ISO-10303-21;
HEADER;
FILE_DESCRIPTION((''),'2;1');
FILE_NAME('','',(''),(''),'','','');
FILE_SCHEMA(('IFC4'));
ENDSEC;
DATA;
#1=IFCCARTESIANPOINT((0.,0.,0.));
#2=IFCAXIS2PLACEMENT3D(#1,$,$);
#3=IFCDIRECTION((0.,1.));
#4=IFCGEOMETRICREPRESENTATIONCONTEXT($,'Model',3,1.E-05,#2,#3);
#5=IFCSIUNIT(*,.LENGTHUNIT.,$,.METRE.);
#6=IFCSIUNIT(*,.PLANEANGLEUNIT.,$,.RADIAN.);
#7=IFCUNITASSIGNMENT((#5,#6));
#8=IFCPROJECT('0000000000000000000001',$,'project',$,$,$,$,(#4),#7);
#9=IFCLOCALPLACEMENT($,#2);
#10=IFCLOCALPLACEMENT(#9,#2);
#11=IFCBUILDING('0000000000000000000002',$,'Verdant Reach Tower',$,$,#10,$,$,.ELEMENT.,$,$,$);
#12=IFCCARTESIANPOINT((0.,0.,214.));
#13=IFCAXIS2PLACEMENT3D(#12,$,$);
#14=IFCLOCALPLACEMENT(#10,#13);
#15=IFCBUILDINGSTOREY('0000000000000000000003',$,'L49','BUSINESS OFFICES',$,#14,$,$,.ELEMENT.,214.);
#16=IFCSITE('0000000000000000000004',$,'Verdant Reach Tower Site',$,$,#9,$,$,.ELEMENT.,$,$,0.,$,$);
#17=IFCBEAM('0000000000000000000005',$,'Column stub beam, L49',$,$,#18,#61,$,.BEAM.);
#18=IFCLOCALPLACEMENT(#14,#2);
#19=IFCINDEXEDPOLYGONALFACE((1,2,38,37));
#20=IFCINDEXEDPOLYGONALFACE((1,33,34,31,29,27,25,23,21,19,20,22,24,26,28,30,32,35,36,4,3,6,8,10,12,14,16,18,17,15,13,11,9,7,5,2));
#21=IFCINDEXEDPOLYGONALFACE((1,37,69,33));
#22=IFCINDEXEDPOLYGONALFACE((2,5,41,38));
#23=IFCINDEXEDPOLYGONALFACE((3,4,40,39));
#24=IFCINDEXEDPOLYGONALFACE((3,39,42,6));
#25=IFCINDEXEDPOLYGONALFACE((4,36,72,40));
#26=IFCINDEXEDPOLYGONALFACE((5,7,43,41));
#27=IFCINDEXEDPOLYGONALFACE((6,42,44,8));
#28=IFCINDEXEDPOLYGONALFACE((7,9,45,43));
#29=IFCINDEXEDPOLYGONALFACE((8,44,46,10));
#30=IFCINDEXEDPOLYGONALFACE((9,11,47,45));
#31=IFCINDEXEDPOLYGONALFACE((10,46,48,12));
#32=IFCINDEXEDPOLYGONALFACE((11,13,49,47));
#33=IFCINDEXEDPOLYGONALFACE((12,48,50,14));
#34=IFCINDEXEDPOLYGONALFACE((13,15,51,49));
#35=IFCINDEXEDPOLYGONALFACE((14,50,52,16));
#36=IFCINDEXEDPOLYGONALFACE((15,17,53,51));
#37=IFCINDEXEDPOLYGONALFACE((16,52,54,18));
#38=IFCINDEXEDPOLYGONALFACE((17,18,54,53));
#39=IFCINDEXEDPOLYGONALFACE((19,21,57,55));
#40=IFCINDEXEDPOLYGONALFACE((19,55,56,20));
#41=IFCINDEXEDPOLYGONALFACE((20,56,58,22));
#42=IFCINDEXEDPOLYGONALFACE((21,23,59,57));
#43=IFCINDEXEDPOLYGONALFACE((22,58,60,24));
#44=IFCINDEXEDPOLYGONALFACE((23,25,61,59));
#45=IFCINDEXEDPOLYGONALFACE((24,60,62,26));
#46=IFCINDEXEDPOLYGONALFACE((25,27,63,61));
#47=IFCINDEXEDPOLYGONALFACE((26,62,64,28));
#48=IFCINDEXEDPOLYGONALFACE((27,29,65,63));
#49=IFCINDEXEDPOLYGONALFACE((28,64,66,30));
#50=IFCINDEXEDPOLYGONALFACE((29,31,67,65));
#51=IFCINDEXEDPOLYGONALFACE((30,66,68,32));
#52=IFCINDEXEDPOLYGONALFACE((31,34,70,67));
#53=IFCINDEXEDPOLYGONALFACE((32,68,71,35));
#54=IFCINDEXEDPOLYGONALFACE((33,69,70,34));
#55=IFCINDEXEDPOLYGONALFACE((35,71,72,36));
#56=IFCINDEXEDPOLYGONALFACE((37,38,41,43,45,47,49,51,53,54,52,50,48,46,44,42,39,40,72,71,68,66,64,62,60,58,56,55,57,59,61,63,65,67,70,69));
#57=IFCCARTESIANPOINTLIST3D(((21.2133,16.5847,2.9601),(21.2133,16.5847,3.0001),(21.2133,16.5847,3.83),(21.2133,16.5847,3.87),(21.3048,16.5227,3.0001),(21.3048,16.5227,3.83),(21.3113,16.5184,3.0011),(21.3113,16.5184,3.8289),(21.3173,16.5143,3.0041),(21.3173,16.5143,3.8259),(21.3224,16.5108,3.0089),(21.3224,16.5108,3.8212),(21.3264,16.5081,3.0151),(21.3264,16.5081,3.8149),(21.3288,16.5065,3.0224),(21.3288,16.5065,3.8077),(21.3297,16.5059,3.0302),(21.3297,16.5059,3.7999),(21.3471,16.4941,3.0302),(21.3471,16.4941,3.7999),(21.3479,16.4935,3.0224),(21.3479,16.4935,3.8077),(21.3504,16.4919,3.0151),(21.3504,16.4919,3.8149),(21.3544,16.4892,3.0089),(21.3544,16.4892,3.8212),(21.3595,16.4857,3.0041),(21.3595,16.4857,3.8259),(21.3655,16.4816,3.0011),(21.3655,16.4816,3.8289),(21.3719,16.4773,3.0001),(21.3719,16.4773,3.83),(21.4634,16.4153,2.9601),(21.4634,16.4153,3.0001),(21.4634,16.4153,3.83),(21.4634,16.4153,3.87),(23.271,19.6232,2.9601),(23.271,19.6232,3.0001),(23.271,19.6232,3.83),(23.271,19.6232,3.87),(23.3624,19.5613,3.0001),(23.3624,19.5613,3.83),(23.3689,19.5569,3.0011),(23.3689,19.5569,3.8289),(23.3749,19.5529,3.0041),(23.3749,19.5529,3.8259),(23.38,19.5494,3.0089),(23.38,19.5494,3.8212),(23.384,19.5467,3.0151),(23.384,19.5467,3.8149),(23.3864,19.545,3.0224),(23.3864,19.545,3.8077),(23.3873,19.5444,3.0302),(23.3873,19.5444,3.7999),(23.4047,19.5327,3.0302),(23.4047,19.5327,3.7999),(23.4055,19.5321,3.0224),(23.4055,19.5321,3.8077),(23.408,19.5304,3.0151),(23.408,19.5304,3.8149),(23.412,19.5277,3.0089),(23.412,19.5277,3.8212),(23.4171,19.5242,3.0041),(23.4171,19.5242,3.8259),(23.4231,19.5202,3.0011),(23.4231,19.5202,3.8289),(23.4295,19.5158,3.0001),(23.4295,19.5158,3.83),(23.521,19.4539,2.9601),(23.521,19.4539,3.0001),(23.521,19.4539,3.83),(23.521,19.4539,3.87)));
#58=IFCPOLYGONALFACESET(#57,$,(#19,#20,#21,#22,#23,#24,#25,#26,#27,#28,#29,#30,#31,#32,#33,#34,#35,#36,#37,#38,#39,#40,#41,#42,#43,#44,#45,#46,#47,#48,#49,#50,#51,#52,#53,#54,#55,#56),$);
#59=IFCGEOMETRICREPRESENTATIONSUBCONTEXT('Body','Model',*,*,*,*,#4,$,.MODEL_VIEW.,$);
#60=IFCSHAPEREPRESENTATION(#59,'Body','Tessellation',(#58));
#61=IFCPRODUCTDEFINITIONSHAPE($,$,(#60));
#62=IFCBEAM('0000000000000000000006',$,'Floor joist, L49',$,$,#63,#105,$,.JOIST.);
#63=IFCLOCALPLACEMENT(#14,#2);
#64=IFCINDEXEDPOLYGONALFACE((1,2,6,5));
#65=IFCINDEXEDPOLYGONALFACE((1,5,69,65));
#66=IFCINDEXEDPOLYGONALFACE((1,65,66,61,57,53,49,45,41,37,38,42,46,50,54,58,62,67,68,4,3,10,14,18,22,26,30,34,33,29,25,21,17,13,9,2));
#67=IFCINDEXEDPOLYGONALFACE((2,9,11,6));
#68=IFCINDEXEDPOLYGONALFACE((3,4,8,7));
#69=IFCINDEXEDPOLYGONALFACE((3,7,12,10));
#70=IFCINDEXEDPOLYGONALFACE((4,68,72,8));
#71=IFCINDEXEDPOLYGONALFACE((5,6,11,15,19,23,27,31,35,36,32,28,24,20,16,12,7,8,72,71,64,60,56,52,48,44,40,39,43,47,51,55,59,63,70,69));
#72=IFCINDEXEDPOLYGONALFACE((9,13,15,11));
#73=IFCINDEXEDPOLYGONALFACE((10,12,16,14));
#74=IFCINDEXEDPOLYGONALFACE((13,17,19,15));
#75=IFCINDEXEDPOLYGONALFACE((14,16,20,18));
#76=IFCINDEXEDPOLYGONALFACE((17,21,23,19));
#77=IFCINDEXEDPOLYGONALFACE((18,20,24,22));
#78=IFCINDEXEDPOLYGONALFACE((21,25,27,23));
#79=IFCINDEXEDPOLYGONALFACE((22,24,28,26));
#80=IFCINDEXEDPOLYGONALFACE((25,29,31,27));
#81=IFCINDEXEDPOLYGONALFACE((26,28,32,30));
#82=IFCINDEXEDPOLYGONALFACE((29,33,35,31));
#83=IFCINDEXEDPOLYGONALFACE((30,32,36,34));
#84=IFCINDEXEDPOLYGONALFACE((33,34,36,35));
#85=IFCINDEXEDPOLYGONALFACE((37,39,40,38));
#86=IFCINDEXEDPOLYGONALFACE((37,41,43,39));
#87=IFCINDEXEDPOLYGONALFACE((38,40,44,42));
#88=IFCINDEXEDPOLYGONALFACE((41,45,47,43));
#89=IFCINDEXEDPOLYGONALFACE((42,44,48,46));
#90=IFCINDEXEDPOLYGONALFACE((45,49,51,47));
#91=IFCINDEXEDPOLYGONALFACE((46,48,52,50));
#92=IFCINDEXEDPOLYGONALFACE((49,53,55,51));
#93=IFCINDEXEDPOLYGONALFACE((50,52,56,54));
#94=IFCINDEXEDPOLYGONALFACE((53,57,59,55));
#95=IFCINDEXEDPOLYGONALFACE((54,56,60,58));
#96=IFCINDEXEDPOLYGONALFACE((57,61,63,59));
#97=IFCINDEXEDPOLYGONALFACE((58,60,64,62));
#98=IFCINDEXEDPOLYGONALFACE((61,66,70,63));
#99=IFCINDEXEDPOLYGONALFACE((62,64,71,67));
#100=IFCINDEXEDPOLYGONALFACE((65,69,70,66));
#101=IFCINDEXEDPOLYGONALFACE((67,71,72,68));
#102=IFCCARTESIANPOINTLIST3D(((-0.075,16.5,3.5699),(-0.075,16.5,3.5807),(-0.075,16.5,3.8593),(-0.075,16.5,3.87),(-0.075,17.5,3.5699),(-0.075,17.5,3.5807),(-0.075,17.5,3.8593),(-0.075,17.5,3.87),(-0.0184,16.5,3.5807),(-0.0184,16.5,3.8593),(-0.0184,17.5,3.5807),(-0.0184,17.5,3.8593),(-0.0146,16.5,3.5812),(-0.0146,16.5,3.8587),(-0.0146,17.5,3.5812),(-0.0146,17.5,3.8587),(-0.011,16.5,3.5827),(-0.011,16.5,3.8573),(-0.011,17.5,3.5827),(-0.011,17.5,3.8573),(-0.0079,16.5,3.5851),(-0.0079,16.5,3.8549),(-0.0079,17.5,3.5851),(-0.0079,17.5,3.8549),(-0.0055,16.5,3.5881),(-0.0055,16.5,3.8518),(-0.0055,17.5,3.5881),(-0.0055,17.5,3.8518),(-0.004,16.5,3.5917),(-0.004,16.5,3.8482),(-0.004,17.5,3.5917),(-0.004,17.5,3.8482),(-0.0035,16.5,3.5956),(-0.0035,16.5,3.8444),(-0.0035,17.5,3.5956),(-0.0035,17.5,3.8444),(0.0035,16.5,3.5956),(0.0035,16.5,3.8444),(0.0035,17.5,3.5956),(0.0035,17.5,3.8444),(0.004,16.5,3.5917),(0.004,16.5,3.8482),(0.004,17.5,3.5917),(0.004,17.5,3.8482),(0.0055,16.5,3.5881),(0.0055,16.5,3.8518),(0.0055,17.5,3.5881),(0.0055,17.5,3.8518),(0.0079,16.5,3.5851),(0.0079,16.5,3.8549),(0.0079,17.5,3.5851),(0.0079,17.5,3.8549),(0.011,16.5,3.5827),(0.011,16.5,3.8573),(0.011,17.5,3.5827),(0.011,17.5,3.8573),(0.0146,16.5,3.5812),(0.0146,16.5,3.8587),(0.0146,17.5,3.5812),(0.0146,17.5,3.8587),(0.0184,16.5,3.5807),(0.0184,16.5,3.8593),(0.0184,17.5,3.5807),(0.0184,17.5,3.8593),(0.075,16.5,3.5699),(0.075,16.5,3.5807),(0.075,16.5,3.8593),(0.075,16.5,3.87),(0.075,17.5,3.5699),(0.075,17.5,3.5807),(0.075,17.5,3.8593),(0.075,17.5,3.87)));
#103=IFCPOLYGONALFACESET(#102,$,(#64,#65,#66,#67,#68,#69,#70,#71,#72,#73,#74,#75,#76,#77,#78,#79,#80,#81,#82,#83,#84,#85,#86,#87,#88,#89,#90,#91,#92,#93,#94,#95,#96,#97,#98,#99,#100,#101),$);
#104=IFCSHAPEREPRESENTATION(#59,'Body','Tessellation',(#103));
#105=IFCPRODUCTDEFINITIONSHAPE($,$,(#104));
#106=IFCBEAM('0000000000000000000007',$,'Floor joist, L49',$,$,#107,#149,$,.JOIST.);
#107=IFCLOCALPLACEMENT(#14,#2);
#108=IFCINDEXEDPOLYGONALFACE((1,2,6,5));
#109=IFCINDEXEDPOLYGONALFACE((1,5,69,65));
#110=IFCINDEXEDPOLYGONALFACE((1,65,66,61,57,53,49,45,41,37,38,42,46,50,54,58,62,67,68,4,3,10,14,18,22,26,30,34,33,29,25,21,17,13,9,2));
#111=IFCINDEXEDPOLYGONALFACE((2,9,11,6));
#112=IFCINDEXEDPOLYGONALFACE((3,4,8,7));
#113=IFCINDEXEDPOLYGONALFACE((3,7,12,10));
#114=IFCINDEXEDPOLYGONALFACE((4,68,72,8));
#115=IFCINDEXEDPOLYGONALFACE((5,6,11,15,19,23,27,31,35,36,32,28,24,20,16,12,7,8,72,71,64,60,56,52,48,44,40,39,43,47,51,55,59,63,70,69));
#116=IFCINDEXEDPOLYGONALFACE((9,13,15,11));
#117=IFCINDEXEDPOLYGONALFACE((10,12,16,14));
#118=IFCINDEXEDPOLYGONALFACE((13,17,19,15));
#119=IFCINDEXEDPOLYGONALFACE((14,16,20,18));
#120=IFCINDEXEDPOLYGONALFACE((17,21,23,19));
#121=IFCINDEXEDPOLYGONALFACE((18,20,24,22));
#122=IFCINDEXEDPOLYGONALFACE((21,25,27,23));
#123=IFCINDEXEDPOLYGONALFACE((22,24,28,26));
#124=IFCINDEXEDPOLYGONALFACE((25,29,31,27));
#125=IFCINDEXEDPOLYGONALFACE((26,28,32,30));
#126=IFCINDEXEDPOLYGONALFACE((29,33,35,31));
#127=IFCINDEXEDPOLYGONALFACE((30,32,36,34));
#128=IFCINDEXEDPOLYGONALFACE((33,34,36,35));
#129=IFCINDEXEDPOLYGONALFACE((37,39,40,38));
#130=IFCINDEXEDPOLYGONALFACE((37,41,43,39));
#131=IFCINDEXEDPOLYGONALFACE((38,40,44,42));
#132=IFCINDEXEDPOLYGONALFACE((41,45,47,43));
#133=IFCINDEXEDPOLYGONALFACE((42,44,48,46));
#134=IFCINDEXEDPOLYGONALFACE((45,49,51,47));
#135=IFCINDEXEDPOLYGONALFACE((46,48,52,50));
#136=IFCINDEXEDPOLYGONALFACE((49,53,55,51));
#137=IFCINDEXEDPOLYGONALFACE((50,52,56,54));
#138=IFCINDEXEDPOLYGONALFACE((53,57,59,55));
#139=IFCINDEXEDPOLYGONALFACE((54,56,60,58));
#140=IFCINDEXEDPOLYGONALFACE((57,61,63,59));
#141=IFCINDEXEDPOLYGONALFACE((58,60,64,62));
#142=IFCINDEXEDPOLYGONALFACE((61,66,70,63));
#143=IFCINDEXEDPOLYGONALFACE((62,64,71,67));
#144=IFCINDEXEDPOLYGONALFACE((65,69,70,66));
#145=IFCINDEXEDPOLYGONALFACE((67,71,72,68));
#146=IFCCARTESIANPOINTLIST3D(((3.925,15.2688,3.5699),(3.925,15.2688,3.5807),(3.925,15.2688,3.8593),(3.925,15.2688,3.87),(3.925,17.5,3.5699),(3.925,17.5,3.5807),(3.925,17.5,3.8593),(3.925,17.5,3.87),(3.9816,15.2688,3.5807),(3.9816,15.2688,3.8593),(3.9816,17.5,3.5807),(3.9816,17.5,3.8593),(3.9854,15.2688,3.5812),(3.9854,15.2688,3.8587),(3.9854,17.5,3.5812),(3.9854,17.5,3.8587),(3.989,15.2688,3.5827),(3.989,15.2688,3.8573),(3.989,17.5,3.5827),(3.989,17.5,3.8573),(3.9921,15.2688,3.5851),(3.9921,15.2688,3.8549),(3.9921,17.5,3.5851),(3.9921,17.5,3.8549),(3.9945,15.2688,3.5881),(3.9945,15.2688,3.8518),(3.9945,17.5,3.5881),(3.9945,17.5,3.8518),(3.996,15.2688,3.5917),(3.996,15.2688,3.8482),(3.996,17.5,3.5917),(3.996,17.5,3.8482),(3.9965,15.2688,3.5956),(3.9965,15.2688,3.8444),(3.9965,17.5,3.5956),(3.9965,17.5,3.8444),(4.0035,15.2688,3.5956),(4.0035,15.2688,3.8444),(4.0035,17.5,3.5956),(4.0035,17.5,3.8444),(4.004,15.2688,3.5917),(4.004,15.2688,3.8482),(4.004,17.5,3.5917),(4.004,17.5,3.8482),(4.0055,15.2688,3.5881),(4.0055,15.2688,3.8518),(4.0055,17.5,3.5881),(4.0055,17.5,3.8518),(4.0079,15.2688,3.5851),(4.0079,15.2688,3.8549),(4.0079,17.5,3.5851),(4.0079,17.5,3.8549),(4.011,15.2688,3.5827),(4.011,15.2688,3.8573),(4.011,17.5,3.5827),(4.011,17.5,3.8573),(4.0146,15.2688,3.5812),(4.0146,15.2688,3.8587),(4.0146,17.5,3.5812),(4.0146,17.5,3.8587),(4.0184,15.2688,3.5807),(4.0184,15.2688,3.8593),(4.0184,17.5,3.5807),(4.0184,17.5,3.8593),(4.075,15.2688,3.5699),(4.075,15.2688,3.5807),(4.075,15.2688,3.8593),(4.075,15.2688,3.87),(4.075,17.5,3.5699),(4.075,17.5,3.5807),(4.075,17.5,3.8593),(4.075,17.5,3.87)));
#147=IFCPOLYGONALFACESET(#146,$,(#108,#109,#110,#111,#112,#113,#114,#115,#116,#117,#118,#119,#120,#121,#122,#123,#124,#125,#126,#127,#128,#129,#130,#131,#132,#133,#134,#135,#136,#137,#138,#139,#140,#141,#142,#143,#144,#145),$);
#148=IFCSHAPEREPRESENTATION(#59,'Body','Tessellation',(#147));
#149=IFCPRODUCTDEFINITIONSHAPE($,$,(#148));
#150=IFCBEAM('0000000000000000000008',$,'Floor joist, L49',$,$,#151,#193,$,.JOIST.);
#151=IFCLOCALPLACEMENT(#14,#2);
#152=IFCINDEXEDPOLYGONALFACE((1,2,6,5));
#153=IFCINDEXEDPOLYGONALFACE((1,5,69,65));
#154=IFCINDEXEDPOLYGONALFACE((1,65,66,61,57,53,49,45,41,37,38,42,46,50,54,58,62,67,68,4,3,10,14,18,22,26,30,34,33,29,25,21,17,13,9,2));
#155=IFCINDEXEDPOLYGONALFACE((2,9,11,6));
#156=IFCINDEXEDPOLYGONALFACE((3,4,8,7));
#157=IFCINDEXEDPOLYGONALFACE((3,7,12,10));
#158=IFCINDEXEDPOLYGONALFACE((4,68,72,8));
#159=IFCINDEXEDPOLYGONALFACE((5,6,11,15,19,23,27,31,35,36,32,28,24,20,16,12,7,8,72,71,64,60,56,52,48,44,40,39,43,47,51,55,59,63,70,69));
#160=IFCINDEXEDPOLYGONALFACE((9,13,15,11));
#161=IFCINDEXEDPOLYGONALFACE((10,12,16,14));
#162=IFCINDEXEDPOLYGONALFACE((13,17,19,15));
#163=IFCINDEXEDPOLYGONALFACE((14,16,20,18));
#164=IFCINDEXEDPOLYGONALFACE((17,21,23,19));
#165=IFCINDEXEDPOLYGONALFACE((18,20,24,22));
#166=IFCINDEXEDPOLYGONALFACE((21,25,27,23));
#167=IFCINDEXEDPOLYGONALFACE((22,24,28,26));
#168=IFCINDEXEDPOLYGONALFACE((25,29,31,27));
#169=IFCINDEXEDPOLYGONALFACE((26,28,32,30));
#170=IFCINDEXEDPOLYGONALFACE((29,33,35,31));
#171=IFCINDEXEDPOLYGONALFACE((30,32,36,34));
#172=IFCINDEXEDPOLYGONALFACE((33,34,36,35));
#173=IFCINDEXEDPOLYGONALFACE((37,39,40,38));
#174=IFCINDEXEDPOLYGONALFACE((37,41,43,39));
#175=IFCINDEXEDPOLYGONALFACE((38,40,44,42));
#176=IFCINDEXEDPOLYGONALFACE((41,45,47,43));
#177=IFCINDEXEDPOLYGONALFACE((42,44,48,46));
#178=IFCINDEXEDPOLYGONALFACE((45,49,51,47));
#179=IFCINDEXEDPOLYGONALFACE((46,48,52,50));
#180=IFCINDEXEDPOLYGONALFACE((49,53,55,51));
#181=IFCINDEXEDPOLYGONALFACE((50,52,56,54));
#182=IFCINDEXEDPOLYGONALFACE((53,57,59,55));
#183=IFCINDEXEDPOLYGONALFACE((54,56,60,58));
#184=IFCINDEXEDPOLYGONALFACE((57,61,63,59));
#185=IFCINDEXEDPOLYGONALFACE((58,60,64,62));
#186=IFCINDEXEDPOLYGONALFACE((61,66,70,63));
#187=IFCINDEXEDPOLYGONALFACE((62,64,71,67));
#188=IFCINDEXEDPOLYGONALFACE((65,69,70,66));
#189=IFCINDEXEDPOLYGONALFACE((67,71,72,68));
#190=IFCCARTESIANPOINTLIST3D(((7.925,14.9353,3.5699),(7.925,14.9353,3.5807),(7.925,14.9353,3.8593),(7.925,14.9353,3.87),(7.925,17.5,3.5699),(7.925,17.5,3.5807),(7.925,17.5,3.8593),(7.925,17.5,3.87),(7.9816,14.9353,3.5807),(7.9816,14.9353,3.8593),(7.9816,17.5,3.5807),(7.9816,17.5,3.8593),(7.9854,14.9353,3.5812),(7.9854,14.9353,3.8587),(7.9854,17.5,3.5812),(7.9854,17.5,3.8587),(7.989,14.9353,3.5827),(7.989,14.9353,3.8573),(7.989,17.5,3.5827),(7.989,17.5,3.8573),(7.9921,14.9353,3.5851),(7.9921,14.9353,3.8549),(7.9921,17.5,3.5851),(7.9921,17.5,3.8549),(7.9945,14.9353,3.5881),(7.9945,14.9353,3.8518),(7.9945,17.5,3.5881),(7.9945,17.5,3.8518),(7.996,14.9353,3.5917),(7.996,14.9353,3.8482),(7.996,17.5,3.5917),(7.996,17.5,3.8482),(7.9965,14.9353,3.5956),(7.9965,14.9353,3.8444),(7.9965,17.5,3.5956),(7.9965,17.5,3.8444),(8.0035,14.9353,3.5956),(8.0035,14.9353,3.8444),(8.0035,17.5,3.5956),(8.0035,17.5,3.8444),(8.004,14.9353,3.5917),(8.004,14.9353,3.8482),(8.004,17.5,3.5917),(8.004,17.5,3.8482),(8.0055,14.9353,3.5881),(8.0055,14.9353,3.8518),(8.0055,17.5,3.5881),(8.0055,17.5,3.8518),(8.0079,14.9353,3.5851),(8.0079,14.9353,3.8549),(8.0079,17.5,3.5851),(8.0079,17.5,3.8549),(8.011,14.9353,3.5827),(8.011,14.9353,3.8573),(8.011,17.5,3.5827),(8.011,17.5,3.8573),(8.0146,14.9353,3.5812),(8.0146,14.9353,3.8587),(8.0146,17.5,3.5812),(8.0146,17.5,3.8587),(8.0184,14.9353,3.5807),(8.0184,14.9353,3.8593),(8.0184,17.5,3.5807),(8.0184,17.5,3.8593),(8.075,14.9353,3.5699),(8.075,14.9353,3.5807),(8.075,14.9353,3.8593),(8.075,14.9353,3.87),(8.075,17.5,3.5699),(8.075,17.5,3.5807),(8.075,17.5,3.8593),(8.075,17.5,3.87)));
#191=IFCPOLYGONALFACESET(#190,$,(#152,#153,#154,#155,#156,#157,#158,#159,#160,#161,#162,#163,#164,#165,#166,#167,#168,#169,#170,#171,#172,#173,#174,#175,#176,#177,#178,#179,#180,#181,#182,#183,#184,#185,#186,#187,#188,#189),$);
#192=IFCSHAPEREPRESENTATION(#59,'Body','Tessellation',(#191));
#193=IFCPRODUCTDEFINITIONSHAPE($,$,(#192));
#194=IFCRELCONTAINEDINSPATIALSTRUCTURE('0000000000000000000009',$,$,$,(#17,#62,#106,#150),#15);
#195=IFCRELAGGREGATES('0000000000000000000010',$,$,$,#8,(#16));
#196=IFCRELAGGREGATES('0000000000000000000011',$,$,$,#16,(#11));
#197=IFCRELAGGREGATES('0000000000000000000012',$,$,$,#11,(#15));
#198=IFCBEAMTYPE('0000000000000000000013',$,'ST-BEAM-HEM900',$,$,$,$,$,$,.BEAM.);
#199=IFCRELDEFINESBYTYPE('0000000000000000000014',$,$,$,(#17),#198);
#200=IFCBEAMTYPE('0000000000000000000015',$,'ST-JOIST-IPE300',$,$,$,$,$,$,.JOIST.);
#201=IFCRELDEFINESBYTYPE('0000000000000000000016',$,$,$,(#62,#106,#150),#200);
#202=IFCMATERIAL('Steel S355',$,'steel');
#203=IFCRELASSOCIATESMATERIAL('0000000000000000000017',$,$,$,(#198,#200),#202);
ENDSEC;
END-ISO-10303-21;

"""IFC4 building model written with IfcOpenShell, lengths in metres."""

from ifc_helpers import new_model, si_unit, direction, frame, origin, origin_2d, place, context, subcontext, project, spatial, i_section, extrude, material, material_profile, profile_set, type_object, element, save


model = new_model("IFC4")

# Units and contexts
model_context = context("Model", 3, precision=1e-05, world=origin(), true_north=direction((0.0, 1.0)))
body_context = subcontext(model_context, "Body", "Model", "MODEL_VIEW")
ifc_project = project(units=[si_unit("LENGTHUNIT", "METRE"), si_unit("PLANEANGLEUNIT", "RADIAN")], contexts=[model_context])

# Site, building, storey
site_placement = place(None, origin())
site = spatial("IfcSite", under=ifc_project, at=site_placement, Name="Verdant Reach Tower Site", CompositionType="ELEMENT", RefElevation=0.0)
building_placement = place(site_placement, origin())
building = spatial("IfcBuilding", under=site, at=building_placement, Name="Verdant Reach Tower", CompositionType="ELEMENT")
storey_placement = place(building_placement, frame((0.0, 0.0, 214.0)))
storey = spatial("IfcBuildingStorey", under=building, at=storey_placement, Name="L49", Description="BUSINESS OFFICES", CompositionType="ELEMENT", Elevation=214.0)

# Beams
ifc_material_1 = material(Name="Steel S355", Category="steel")
ifc_material_profile_1 = material_profile(ifc_material_1, i_section(OverallWidth=0.302, OverallDepth=0.9099, WebThickness=0.021, FlangeThickness=0.04, FilletRadius=0.03, at=origin_2d()), Name="HEM 900")
ifc_profile_set_1 = profile_set([ifc_material_profile_1], Name="Steel S355")
beam_type_1 = type_object("IfcBeamType", Name="ST-BEAM-HEM900", PredefinedType="BEAM", material=ifc_profile_set_1)
beam_1_placement = place(storey_placement, frame((21.3384, 16.5, 3.415), z_axis=(0.560704, 0.828016, 0.0), x_axis=(-0.828016, 0.560704, 0.0)))
element("IfcBeam", 1, at=beam_1_placement, inside=storey, type_object=beam_type_1, Name="Column stub beam, L49", PredefinedType="BEAM", context=body_context, shape_type="SweptSolid", body=[
    extrude(i_section(OverallWidth=0.302, OverallDepth=0.9099, WebThickness=0.021, FlangeThickness=0.04, FilletRadius=0.03, at=origin_2d()), origin(), (0.0, 0.0, 1.0), 3.6697),
])
ifc_material_profile_2 = material_profile(ifc_material_1, i_section(OverallWidth=0.1499, OverallDepth=0.3, WebThickness=0.0071, FlangeThickness=0.0107, FilletRadius=0.0149, at=origin_2d()), Name="IPE 300")
ifc_profile_set_2 = profile_set([ifc_material_profile_2], Name="Steel S355")
beam_type_2 = type_object("IfcBeamType", Name="ST-JOIST-IPE300", PredefinedType="JOIST", material=ifc_profile_set_2)
beam_2_placement = place(storey_placement, frame((0.0, 17.5, 3.72), z_axis=(0.0, -1.0, 0.0), x_axis=(1.0, 0.0, 0.0)))
element("IfcBeam", 2, at=beam_2_placement, inside=storey, type_object=beam_type_2, Name="Floor joist, L49", PredefinedType="JOIST", context=body_context, shape_type="SweptSolid", body=[
    extrude(i_section(OverallWidth=0.1499, OverallDepth=0.3, WebThickness=0.0071, FlangeThickness=0.0107, FilletRadius=0.0149, at=origin_2d()), origin(), (0.0, 0.0, 1.0), 1.0),
])
beam_3_placement = place(storey_placement, frame((4.0, 17.5, 3.72), z_axis=(0.0, -1.0, 0.0), x_axis=(1.0, 0.0, 0.0)))
element("IfcBeam", 3, at=beam_3_placement, inside=storey, type_object=beam_type_2, Name="Floor joist, L49", PredefinedType="JOIST", context=body_context, shape_type="SweptSolid", body=[
    extrude(i_section(OverallWidth=0.1499, OverallDepth=0.3, WebThickness=0.0071, FlangeThickness=0.0107, FilletRadius=0.0149, at=origin_2d()), origin(), (0.0, 0.0, 1.0), 2.2312),
])
beam_4_placement = place(storey_placement, frame((8.0, 17.5, 3.72), z_axis=(0.0, -1.0, 0.0), x_axis=(1.0, 0.0, 0.0)))
element("IfcBeam", 4, at=beam_4_placement, inside=storey, type_object=beam_type_2, Name="Floor joist, L49", PredefinedType="JOIST", context=body_context, shape_type="SweptSolid", body=[
    extrude(i_section(OverallWidth=0.1499, OverallDepth=0.3, WebThickness=0.0071, FlangeThickness=0.0107, FilletRadius=0.0149, at=origin_2d()), origin(), (0.0, 0.0, 1.0), 2.5647),
])

save(model, "model.ifc")
